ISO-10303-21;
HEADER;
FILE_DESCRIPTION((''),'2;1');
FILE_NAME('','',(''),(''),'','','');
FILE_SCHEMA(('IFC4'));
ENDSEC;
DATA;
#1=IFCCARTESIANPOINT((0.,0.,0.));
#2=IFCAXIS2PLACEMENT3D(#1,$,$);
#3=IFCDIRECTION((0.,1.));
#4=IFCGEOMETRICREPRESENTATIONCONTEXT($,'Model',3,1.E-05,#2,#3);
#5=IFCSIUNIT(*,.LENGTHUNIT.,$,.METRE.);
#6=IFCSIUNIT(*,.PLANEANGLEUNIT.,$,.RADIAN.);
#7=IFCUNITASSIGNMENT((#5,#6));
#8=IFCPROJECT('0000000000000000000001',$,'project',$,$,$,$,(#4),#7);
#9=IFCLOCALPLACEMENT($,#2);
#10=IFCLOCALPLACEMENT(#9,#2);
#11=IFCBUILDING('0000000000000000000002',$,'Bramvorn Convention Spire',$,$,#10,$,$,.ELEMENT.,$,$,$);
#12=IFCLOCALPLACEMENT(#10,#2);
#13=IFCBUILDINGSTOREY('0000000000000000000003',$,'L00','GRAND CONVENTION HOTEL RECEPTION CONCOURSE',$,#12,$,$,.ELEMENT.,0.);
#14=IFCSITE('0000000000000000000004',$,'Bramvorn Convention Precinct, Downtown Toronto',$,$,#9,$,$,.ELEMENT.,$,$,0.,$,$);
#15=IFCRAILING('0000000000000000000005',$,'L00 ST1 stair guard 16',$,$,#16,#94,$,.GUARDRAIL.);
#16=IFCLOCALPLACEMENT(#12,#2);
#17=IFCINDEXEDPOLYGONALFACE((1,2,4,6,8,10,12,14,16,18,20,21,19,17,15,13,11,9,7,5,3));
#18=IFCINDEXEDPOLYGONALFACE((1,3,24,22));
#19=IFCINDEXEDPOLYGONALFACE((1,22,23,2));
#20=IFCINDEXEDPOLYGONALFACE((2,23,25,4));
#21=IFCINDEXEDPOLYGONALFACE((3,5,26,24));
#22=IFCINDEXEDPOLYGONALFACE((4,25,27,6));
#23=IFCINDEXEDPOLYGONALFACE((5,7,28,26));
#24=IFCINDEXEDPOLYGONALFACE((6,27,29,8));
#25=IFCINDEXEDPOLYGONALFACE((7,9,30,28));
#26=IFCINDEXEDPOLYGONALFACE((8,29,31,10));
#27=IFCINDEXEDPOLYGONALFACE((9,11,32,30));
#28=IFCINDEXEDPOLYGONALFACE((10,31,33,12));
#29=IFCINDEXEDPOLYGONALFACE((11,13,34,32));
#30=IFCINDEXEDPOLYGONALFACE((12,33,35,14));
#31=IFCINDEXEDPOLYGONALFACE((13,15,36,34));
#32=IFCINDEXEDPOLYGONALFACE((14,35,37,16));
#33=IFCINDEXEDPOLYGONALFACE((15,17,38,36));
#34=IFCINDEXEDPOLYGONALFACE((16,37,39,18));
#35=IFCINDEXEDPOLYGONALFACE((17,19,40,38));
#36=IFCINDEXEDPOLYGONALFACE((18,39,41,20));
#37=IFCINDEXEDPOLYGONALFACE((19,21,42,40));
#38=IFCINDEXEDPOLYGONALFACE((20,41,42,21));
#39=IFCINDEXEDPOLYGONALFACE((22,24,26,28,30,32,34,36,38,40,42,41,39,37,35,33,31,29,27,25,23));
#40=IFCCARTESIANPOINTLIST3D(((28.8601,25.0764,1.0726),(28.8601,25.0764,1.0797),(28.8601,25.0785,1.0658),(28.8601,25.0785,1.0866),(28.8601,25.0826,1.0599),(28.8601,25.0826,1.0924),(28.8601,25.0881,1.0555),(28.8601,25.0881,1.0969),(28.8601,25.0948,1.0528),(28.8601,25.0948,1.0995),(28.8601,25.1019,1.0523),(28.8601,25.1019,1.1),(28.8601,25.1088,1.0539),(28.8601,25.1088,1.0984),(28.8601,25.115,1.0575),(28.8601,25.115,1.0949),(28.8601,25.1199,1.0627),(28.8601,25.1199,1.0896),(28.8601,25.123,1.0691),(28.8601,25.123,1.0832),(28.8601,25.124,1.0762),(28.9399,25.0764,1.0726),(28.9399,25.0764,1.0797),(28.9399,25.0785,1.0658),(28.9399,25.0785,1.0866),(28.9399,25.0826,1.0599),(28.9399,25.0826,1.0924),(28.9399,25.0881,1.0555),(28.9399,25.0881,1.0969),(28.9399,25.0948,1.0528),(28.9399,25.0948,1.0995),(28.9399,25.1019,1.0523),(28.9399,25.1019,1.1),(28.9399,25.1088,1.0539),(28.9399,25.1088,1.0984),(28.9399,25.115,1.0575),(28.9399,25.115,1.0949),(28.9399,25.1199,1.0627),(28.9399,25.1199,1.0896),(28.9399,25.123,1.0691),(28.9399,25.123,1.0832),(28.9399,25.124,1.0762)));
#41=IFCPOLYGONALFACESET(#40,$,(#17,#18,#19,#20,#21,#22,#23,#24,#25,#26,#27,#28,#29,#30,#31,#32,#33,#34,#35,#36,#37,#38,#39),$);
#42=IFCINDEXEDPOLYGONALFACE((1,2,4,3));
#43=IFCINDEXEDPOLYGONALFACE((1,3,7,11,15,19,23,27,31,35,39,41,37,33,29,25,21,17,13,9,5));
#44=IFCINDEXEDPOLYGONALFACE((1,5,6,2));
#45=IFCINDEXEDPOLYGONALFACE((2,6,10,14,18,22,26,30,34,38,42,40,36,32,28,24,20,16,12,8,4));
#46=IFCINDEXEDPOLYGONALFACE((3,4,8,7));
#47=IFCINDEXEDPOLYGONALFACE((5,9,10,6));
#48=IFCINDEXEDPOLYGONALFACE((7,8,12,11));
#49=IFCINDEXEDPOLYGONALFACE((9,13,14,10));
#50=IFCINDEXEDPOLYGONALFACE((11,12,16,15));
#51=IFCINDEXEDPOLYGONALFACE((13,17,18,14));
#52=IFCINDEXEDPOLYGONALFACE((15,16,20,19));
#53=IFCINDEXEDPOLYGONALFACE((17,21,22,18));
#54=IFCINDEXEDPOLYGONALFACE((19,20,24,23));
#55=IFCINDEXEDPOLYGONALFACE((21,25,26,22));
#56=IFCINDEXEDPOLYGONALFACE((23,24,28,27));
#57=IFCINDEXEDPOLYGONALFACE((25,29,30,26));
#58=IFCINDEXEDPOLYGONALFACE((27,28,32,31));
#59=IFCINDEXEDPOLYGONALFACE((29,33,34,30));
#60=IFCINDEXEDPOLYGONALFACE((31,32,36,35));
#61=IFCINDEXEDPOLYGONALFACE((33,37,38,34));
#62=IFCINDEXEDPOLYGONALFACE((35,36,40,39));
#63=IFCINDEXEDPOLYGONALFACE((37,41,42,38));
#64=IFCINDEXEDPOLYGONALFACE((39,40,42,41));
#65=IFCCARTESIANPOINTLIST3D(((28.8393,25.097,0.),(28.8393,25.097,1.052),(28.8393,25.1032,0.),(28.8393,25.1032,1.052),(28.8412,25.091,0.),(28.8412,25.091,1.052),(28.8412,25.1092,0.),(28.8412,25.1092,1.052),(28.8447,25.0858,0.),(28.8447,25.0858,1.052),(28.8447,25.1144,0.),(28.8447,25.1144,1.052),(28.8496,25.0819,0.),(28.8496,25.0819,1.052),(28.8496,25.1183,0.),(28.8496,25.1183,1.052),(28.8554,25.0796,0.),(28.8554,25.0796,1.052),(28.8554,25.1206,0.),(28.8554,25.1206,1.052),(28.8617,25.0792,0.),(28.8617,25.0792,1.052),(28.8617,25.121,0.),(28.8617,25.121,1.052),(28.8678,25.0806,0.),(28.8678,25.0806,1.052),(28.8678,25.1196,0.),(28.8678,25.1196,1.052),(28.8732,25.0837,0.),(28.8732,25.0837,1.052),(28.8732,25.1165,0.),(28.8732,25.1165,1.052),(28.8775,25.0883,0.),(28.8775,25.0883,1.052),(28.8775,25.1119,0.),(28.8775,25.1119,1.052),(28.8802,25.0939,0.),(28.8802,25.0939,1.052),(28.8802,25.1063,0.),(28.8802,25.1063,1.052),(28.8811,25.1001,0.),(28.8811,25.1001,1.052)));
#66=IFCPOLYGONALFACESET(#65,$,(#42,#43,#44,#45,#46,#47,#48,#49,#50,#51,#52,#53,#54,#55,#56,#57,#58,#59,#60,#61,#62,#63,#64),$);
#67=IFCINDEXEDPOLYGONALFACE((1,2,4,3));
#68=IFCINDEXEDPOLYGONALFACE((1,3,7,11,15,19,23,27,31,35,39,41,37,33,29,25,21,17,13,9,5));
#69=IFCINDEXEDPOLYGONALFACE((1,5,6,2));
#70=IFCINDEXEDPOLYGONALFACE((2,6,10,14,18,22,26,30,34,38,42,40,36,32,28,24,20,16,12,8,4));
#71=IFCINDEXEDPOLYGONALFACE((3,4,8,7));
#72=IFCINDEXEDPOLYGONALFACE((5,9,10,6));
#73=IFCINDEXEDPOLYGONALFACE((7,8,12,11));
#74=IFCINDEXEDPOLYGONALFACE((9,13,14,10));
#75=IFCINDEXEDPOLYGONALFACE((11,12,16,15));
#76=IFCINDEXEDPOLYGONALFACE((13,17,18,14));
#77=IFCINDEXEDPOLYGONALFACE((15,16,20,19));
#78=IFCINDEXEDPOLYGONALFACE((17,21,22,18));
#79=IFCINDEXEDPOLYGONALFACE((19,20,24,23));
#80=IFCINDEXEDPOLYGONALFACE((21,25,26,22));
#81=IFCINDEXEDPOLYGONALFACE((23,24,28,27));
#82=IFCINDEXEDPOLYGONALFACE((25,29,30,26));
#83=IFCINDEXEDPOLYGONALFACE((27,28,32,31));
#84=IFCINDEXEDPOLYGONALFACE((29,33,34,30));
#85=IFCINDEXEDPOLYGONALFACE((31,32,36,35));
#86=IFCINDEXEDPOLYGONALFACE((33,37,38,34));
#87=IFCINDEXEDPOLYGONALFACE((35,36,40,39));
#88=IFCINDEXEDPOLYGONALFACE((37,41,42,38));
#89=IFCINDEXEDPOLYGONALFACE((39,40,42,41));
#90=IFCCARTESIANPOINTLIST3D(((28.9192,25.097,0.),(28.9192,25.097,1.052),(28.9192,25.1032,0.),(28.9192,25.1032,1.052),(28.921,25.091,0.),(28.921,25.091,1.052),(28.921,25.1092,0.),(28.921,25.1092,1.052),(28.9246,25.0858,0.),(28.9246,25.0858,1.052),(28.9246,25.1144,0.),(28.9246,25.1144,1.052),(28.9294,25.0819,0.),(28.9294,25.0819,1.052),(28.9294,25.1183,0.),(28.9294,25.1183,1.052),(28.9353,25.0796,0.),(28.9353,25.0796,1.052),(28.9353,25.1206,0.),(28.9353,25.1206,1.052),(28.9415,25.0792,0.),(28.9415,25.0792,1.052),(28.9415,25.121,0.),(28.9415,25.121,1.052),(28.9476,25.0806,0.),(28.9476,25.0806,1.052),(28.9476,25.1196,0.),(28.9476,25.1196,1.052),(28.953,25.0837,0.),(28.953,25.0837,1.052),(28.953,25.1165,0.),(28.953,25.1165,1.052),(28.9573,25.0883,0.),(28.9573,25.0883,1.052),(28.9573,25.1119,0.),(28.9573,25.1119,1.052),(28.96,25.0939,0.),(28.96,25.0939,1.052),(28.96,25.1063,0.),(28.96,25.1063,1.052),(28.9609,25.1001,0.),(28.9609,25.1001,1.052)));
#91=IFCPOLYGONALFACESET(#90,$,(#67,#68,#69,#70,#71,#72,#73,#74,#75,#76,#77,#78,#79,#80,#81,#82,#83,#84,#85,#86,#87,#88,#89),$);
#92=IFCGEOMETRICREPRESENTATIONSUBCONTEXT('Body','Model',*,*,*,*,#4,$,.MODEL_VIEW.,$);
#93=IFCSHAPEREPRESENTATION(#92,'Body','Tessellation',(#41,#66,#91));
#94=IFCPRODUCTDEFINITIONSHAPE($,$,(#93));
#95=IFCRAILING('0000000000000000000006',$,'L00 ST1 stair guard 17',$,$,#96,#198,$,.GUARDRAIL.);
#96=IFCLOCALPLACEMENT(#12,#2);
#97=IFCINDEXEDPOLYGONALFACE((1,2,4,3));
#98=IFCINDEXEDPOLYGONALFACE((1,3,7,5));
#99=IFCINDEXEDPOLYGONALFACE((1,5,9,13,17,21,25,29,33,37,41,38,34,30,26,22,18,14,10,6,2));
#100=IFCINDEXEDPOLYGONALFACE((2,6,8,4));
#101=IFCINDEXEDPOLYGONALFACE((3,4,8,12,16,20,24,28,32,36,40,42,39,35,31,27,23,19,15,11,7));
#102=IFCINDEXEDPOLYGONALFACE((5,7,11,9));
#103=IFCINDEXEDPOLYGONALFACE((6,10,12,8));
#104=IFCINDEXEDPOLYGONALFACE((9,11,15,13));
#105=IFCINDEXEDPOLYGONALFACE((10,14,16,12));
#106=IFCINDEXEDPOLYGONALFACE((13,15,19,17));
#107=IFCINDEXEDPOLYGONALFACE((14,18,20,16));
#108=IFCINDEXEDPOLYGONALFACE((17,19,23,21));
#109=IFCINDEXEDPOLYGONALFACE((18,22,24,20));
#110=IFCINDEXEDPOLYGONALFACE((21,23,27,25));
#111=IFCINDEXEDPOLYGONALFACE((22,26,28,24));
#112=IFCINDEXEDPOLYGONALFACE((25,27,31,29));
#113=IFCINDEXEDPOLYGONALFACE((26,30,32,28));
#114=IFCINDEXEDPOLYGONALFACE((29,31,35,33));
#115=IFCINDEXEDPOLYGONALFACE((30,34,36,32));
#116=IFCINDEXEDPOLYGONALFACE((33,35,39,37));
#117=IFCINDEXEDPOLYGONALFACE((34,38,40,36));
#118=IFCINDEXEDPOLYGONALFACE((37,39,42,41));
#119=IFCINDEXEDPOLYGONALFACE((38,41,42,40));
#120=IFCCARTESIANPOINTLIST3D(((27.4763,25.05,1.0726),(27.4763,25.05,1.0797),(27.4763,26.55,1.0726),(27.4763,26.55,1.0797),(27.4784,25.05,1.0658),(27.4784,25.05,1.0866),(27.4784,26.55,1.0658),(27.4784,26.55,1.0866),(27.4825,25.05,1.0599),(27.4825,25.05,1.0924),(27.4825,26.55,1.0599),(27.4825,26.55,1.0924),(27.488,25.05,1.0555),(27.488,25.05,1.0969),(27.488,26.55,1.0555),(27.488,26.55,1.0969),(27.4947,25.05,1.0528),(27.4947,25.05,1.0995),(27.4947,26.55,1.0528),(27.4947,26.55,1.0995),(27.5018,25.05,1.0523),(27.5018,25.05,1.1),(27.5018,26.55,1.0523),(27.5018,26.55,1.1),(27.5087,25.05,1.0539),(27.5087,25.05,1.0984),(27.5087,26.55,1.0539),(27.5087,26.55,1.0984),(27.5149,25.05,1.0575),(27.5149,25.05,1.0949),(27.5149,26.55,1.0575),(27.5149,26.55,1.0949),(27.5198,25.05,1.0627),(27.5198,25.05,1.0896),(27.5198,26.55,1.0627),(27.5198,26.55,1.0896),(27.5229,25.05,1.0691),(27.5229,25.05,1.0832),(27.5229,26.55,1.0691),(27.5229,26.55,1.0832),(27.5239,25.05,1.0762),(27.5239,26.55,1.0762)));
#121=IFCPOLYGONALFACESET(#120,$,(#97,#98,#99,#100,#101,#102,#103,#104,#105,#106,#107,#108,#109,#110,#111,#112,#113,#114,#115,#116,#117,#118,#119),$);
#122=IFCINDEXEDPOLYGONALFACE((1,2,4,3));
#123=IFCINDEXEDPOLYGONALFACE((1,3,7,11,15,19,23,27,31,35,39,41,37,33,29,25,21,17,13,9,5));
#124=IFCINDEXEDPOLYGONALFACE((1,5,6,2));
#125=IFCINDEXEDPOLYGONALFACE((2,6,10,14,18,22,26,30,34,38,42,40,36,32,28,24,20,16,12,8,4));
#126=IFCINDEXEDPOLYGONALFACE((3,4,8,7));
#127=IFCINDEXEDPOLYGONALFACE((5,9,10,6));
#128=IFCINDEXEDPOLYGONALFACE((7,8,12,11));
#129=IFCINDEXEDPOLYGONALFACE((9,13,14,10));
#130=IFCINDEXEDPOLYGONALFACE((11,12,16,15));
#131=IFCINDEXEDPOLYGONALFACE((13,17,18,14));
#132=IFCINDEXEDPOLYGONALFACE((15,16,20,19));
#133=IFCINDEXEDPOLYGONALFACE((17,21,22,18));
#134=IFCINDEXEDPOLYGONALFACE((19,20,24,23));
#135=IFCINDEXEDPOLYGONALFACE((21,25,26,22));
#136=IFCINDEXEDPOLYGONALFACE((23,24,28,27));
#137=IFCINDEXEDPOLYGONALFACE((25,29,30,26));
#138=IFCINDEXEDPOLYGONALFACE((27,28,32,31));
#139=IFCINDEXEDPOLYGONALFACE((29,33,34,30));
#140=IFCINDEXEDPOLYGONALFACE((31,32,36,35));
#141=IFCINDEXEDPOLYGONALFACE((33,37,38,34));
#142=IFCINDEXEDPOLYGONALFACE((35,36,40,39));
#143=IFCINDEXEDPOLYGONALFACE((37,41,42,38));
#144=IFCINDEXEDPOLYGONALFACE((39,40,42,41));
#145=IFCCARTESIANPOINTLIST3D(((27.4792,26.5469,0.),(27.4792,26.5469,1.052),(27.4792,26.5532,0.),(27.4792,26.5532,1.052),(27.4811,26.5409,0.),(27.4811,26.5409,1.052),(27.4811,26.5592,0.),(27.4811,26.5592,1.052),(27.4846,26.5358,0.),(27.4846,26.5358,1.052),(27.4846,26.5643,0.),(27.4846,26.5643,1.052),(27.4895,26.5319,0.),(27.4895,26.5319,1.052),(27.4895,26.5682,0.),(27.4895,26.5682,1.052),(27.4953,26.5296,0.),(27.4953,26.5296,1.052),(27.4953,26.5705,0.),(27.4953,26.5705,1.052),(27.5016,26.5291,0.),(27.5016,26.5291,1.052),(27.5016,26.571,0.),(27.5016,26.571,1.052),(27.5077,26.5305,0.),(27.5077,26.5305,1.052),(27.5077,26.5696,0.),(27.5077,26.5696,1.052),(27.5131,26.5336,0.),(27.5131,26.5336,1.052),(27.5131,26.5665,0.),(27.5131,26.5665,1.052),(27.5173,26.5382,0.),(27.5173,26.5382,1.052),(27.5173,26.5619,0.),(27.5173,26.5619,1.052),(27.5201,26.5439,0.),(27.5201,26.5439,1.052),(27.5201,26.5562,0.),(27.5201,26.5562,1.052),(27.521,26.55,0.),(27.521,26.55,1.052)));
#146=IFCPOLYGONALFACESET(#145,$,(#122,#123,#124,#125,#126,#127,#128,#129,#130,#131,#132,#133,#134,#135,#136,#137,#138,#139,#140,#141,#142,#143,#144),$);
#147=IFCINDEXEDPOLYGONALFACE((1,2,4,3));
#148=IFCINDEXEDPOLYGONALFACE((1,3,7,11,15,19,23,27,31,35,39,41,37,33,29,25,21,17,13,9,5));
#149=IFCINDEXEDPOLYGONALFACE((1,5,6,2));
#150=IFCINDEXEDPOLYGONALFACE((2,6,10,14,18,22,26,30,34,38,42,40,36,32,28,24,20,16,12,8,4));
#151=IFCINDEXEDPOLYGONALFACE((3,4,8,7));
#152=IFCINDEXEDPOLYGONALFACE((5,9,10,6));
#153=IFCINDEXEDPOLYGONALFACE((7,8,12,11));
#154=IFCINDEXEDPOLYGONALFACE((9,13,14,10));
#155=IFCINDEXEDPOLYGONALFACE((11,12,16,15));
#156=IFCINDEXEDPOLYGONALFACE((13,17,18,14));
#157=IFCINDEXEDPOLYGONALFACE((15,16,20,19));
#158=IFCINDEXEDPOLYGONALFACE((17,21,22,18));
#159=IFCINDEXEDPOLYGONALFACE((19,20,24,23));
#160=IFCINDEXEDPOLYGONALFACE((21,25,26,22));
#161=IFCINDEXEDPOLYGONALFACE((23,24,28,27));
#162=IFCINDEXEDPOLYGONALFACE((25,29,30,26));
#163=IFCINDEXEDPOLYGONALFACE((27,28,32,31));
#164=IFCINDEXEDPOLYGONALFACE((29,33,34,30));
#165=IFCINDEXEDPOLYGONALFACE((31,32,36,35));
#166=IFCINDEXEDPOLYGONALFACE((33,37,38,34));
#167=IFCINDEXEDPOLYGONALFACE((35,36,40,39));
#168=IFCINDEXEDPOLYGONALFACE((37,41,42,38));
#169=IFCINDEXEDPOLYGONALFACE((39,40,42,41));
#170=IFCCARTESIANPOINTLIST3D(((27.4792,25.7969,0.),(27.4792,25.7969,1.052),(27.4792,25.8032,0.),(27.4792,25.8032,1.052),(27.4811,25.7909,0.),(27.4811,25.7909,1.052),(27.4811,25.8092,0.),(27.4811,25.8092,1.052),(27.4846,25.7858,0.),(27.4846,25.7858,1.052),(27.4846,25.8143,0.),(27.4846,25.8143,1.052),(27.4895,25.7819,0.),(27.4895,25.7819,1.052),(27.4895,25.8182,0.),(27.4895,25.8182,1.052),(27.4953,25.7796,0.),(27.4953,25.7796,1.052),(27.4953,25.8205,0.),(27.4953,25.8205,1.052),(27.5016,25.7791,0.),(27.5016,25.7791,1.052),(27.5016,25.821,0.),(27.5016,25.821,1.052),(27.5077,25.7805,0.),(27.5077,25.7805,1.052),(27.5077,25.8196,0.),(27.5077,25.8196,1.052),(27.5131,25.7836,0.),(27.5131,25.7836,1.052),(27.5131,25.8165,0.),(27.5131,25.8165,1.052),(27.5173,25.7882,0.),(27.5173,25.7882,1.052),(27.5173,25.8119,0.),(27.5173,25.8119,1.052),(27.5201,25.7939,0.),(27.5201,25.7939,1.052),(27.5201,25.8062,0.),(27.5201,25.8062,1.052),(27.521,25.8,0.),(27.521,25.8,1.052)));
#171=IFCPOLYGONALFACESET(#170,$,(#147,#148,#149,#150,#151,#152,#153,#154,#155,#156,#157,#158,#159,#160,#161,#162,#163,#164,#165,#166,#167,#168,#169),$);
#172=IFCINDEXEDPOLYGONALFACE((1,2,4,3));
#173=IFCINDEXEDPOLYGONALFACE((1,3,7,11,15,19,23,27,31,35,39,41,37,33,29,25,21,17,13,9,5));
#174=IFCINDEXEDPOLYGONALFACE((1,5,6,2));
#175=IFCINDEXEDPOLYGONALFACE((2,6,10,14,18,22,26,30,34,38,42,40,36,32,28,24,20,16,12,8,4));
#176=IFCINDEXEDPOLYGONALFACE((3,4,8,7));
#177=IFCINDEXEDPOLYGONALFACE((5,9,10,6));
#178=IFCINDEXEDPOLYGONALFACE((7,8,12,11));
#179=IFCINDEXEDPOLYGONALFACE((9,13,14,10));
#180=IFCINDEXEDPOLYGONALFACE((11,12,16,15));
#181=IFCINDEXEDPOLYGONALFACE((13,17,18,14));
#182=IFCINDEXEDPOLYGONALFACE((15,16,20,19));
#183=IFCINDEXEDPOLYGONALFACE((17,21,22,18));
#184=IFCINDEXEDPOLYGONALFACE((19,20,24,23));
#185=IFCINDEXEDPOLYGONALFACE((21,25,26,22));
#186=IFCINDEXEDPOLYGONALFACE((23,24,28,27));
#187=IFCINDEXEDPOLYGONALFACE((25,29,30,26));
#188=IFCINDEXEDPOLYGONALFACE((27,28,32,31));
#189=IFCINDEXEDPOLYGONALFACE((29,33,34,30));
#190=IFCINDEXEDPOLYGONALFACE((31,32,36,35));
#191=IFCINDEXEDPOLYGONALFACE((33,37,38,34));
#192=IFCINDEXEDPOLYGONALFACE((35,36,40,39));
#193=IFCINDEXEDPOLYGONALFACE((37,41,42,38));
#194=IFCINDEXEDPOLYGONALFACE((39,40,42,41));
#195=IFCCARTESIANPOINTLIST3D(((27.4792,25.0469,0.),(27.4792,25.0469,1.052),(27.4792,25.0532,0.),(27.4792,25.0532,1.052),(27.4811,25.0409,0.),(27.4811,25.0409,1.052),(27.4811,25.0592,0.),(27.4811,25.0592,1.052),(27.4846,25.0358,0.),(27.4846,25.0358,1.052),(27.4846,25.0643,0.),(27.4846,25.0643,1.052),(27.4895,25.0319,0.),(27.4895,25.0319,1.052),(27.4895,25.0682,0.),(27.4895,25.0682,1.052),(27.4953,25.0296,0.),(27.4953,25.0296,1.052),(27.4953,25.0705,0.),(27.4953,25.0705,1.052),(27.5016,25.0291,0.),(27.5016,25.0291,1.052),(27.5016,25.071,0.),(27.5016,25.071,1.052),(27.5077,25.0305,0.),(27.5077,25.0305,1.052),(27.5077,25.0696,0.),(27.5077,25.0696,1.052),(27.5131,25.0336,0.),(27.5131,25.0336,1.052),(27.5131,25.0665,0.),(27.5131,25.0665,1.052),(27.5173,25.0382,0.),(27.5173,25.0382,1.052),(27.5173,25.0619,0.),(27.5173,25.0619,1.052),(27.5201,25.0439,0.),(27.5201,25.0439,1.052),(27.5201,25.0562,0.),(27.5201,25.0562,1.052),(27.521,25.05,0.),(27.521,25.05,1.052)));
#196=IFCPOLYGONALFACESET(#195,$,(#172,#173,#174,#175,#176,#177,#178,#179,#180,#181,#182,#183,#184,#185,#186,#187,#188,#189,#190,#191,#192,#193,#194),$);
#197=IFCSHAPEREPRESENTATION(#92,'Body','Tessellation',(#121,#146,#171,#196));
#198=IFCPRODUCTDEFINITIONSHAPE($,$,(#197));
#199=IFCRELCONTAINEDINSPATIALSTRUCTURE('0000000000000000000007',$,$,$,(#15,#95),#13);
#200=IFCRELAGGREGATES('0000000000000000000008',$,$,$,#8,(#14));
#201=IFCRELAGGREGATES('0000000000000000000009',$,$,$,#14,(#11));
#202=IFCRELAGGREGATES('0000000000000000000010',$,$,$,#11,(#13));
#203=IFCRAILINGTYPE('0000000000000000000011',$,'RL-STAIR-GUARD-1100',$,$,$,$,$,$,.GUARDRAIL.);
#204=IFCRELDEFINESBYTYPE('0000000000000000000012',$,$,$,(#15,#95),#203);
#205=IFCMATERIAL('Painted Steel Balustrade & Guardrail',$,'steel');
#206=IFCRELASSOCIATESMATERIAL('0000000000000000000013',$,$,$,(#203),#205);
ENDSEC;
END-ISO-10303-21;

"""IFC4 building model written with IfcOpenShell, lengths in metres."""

from ifc_helpers import new_model, si_unit, direction, frame, origin, origin_2d, place, context, subcontext, project, spatial, circle, extrude, material, type_object, element, save


model = new_model("IFC4")

# Units and contexts
model_context = context("Model", 3, precision=1e-05, world=origin(), true_north=direction((0.0, 1.0)))
body_context = subcontext(model_context, "Body", "Model", "MODEL_VIEW")
ifc_project = project(units=[si_unit("LENGTHUNIT", "METRE"), si_unit("PLANEANGLEUNIT", "RADIAN")], contexts=[model_context])

# Site, building, storey
site_placement = place(None, origin())
site = spatial("IfcSite", under=ifc_project, at=site_placement, Name="Bramvorn Convention Precinct, Downtown Toronto", CompositionType="ELEMENT", RefElevation=0.0)
building_placement = place(site_placement, origin())
building = spatial("IfcBuilding", under=site, at=building_placement, Name="Bramvorn Convention Spire", CompositionType="ELEMENT")
storey_placement = place(building_placement, origin())
storey = spatial("IfcBuildingStorey", under=building, at=storey_placement, Name="L00", Description="GRAND CONVENTION HOTEL RECEPTION CONCOURSE", CompositionType="ELEMENT", Elevation=0.0)

# Railings
ifc_material_1 = material(Name="Painted Steel Balustrade & Guardrail", Category="steel")
railing_type = type_object("IfcRailingType", Name="RL-STAIR-GUARD-1100", PredefinedType="GUARDRAIL", material=ifc_material_1)
railing_1_placement = place(storey_placement, frame((28.8601, 25.1001, 0.0)))
element("IfcRailing", 1, at=railing_1_placement, inside=storey, type_object=railing_type, Name="L00 ST1 stair guard 16", PredefinedType="GUARDRAIL", context=body_context, shape_type="SweptSolid", body=[
    extrude(circle(Radius=0.0239, at=origin_2d()), frame((0.0, 0.0, 1.0762), z_axis=(1.0, 0.0, 0.0), x_axis=(0.0, 1.0, 0.0)), (0.0, 0.0, 1.0), 0.0798),
    extrude(circle(Radius=0.021, at=origin_2d()), origin(), (0.0, 0.0, 1.0), 1.052),
    extrude(circle(Radius=0.021, at=origin_2d()), frame((0.0798, 0.0, 0.0)), (0.0, 0.0, 1.0), 1.052),
])
for number, where, name in (
    (2, (27.5, 26.55, 0.0), "L00 ST1 stair guard 17"),
):
    element("IfcRailing", number, at=place(storey_placement, frame(where)), inside=storey, type_object=railing_type, Name=name, PredefinedType="GUARDRAIL", context=body_context, shape_type="SweptSolid", body=[
        extrude(circle(Radius=0.0239, at=origin_2d()), frame((0.0, 0.0, 1.0762), z_axis=(0.0, -1.0, 0.0), x_axis=(1.0, 0.0, 0.0)), (0.0, 0.0, 1.0), 1.5),
        extrude(circle(Radius=0.021, at=origin_2d()), origin(), (0.0, 0.0, 1.0), 1.052),
        extrude(circle(Radius=0.021, at=origin_2d()), frame((0.0, -0.75, 0.0)), (0.0, 0.0, 1.0), 1.052),
        extrude(circle(Radius=0.021, at=origin_2d()), frame((0.0, -1.5, 0.0)), (0.0, 0.0, 1.0), 1.052),
    ])

save(model, "model.ifc")
